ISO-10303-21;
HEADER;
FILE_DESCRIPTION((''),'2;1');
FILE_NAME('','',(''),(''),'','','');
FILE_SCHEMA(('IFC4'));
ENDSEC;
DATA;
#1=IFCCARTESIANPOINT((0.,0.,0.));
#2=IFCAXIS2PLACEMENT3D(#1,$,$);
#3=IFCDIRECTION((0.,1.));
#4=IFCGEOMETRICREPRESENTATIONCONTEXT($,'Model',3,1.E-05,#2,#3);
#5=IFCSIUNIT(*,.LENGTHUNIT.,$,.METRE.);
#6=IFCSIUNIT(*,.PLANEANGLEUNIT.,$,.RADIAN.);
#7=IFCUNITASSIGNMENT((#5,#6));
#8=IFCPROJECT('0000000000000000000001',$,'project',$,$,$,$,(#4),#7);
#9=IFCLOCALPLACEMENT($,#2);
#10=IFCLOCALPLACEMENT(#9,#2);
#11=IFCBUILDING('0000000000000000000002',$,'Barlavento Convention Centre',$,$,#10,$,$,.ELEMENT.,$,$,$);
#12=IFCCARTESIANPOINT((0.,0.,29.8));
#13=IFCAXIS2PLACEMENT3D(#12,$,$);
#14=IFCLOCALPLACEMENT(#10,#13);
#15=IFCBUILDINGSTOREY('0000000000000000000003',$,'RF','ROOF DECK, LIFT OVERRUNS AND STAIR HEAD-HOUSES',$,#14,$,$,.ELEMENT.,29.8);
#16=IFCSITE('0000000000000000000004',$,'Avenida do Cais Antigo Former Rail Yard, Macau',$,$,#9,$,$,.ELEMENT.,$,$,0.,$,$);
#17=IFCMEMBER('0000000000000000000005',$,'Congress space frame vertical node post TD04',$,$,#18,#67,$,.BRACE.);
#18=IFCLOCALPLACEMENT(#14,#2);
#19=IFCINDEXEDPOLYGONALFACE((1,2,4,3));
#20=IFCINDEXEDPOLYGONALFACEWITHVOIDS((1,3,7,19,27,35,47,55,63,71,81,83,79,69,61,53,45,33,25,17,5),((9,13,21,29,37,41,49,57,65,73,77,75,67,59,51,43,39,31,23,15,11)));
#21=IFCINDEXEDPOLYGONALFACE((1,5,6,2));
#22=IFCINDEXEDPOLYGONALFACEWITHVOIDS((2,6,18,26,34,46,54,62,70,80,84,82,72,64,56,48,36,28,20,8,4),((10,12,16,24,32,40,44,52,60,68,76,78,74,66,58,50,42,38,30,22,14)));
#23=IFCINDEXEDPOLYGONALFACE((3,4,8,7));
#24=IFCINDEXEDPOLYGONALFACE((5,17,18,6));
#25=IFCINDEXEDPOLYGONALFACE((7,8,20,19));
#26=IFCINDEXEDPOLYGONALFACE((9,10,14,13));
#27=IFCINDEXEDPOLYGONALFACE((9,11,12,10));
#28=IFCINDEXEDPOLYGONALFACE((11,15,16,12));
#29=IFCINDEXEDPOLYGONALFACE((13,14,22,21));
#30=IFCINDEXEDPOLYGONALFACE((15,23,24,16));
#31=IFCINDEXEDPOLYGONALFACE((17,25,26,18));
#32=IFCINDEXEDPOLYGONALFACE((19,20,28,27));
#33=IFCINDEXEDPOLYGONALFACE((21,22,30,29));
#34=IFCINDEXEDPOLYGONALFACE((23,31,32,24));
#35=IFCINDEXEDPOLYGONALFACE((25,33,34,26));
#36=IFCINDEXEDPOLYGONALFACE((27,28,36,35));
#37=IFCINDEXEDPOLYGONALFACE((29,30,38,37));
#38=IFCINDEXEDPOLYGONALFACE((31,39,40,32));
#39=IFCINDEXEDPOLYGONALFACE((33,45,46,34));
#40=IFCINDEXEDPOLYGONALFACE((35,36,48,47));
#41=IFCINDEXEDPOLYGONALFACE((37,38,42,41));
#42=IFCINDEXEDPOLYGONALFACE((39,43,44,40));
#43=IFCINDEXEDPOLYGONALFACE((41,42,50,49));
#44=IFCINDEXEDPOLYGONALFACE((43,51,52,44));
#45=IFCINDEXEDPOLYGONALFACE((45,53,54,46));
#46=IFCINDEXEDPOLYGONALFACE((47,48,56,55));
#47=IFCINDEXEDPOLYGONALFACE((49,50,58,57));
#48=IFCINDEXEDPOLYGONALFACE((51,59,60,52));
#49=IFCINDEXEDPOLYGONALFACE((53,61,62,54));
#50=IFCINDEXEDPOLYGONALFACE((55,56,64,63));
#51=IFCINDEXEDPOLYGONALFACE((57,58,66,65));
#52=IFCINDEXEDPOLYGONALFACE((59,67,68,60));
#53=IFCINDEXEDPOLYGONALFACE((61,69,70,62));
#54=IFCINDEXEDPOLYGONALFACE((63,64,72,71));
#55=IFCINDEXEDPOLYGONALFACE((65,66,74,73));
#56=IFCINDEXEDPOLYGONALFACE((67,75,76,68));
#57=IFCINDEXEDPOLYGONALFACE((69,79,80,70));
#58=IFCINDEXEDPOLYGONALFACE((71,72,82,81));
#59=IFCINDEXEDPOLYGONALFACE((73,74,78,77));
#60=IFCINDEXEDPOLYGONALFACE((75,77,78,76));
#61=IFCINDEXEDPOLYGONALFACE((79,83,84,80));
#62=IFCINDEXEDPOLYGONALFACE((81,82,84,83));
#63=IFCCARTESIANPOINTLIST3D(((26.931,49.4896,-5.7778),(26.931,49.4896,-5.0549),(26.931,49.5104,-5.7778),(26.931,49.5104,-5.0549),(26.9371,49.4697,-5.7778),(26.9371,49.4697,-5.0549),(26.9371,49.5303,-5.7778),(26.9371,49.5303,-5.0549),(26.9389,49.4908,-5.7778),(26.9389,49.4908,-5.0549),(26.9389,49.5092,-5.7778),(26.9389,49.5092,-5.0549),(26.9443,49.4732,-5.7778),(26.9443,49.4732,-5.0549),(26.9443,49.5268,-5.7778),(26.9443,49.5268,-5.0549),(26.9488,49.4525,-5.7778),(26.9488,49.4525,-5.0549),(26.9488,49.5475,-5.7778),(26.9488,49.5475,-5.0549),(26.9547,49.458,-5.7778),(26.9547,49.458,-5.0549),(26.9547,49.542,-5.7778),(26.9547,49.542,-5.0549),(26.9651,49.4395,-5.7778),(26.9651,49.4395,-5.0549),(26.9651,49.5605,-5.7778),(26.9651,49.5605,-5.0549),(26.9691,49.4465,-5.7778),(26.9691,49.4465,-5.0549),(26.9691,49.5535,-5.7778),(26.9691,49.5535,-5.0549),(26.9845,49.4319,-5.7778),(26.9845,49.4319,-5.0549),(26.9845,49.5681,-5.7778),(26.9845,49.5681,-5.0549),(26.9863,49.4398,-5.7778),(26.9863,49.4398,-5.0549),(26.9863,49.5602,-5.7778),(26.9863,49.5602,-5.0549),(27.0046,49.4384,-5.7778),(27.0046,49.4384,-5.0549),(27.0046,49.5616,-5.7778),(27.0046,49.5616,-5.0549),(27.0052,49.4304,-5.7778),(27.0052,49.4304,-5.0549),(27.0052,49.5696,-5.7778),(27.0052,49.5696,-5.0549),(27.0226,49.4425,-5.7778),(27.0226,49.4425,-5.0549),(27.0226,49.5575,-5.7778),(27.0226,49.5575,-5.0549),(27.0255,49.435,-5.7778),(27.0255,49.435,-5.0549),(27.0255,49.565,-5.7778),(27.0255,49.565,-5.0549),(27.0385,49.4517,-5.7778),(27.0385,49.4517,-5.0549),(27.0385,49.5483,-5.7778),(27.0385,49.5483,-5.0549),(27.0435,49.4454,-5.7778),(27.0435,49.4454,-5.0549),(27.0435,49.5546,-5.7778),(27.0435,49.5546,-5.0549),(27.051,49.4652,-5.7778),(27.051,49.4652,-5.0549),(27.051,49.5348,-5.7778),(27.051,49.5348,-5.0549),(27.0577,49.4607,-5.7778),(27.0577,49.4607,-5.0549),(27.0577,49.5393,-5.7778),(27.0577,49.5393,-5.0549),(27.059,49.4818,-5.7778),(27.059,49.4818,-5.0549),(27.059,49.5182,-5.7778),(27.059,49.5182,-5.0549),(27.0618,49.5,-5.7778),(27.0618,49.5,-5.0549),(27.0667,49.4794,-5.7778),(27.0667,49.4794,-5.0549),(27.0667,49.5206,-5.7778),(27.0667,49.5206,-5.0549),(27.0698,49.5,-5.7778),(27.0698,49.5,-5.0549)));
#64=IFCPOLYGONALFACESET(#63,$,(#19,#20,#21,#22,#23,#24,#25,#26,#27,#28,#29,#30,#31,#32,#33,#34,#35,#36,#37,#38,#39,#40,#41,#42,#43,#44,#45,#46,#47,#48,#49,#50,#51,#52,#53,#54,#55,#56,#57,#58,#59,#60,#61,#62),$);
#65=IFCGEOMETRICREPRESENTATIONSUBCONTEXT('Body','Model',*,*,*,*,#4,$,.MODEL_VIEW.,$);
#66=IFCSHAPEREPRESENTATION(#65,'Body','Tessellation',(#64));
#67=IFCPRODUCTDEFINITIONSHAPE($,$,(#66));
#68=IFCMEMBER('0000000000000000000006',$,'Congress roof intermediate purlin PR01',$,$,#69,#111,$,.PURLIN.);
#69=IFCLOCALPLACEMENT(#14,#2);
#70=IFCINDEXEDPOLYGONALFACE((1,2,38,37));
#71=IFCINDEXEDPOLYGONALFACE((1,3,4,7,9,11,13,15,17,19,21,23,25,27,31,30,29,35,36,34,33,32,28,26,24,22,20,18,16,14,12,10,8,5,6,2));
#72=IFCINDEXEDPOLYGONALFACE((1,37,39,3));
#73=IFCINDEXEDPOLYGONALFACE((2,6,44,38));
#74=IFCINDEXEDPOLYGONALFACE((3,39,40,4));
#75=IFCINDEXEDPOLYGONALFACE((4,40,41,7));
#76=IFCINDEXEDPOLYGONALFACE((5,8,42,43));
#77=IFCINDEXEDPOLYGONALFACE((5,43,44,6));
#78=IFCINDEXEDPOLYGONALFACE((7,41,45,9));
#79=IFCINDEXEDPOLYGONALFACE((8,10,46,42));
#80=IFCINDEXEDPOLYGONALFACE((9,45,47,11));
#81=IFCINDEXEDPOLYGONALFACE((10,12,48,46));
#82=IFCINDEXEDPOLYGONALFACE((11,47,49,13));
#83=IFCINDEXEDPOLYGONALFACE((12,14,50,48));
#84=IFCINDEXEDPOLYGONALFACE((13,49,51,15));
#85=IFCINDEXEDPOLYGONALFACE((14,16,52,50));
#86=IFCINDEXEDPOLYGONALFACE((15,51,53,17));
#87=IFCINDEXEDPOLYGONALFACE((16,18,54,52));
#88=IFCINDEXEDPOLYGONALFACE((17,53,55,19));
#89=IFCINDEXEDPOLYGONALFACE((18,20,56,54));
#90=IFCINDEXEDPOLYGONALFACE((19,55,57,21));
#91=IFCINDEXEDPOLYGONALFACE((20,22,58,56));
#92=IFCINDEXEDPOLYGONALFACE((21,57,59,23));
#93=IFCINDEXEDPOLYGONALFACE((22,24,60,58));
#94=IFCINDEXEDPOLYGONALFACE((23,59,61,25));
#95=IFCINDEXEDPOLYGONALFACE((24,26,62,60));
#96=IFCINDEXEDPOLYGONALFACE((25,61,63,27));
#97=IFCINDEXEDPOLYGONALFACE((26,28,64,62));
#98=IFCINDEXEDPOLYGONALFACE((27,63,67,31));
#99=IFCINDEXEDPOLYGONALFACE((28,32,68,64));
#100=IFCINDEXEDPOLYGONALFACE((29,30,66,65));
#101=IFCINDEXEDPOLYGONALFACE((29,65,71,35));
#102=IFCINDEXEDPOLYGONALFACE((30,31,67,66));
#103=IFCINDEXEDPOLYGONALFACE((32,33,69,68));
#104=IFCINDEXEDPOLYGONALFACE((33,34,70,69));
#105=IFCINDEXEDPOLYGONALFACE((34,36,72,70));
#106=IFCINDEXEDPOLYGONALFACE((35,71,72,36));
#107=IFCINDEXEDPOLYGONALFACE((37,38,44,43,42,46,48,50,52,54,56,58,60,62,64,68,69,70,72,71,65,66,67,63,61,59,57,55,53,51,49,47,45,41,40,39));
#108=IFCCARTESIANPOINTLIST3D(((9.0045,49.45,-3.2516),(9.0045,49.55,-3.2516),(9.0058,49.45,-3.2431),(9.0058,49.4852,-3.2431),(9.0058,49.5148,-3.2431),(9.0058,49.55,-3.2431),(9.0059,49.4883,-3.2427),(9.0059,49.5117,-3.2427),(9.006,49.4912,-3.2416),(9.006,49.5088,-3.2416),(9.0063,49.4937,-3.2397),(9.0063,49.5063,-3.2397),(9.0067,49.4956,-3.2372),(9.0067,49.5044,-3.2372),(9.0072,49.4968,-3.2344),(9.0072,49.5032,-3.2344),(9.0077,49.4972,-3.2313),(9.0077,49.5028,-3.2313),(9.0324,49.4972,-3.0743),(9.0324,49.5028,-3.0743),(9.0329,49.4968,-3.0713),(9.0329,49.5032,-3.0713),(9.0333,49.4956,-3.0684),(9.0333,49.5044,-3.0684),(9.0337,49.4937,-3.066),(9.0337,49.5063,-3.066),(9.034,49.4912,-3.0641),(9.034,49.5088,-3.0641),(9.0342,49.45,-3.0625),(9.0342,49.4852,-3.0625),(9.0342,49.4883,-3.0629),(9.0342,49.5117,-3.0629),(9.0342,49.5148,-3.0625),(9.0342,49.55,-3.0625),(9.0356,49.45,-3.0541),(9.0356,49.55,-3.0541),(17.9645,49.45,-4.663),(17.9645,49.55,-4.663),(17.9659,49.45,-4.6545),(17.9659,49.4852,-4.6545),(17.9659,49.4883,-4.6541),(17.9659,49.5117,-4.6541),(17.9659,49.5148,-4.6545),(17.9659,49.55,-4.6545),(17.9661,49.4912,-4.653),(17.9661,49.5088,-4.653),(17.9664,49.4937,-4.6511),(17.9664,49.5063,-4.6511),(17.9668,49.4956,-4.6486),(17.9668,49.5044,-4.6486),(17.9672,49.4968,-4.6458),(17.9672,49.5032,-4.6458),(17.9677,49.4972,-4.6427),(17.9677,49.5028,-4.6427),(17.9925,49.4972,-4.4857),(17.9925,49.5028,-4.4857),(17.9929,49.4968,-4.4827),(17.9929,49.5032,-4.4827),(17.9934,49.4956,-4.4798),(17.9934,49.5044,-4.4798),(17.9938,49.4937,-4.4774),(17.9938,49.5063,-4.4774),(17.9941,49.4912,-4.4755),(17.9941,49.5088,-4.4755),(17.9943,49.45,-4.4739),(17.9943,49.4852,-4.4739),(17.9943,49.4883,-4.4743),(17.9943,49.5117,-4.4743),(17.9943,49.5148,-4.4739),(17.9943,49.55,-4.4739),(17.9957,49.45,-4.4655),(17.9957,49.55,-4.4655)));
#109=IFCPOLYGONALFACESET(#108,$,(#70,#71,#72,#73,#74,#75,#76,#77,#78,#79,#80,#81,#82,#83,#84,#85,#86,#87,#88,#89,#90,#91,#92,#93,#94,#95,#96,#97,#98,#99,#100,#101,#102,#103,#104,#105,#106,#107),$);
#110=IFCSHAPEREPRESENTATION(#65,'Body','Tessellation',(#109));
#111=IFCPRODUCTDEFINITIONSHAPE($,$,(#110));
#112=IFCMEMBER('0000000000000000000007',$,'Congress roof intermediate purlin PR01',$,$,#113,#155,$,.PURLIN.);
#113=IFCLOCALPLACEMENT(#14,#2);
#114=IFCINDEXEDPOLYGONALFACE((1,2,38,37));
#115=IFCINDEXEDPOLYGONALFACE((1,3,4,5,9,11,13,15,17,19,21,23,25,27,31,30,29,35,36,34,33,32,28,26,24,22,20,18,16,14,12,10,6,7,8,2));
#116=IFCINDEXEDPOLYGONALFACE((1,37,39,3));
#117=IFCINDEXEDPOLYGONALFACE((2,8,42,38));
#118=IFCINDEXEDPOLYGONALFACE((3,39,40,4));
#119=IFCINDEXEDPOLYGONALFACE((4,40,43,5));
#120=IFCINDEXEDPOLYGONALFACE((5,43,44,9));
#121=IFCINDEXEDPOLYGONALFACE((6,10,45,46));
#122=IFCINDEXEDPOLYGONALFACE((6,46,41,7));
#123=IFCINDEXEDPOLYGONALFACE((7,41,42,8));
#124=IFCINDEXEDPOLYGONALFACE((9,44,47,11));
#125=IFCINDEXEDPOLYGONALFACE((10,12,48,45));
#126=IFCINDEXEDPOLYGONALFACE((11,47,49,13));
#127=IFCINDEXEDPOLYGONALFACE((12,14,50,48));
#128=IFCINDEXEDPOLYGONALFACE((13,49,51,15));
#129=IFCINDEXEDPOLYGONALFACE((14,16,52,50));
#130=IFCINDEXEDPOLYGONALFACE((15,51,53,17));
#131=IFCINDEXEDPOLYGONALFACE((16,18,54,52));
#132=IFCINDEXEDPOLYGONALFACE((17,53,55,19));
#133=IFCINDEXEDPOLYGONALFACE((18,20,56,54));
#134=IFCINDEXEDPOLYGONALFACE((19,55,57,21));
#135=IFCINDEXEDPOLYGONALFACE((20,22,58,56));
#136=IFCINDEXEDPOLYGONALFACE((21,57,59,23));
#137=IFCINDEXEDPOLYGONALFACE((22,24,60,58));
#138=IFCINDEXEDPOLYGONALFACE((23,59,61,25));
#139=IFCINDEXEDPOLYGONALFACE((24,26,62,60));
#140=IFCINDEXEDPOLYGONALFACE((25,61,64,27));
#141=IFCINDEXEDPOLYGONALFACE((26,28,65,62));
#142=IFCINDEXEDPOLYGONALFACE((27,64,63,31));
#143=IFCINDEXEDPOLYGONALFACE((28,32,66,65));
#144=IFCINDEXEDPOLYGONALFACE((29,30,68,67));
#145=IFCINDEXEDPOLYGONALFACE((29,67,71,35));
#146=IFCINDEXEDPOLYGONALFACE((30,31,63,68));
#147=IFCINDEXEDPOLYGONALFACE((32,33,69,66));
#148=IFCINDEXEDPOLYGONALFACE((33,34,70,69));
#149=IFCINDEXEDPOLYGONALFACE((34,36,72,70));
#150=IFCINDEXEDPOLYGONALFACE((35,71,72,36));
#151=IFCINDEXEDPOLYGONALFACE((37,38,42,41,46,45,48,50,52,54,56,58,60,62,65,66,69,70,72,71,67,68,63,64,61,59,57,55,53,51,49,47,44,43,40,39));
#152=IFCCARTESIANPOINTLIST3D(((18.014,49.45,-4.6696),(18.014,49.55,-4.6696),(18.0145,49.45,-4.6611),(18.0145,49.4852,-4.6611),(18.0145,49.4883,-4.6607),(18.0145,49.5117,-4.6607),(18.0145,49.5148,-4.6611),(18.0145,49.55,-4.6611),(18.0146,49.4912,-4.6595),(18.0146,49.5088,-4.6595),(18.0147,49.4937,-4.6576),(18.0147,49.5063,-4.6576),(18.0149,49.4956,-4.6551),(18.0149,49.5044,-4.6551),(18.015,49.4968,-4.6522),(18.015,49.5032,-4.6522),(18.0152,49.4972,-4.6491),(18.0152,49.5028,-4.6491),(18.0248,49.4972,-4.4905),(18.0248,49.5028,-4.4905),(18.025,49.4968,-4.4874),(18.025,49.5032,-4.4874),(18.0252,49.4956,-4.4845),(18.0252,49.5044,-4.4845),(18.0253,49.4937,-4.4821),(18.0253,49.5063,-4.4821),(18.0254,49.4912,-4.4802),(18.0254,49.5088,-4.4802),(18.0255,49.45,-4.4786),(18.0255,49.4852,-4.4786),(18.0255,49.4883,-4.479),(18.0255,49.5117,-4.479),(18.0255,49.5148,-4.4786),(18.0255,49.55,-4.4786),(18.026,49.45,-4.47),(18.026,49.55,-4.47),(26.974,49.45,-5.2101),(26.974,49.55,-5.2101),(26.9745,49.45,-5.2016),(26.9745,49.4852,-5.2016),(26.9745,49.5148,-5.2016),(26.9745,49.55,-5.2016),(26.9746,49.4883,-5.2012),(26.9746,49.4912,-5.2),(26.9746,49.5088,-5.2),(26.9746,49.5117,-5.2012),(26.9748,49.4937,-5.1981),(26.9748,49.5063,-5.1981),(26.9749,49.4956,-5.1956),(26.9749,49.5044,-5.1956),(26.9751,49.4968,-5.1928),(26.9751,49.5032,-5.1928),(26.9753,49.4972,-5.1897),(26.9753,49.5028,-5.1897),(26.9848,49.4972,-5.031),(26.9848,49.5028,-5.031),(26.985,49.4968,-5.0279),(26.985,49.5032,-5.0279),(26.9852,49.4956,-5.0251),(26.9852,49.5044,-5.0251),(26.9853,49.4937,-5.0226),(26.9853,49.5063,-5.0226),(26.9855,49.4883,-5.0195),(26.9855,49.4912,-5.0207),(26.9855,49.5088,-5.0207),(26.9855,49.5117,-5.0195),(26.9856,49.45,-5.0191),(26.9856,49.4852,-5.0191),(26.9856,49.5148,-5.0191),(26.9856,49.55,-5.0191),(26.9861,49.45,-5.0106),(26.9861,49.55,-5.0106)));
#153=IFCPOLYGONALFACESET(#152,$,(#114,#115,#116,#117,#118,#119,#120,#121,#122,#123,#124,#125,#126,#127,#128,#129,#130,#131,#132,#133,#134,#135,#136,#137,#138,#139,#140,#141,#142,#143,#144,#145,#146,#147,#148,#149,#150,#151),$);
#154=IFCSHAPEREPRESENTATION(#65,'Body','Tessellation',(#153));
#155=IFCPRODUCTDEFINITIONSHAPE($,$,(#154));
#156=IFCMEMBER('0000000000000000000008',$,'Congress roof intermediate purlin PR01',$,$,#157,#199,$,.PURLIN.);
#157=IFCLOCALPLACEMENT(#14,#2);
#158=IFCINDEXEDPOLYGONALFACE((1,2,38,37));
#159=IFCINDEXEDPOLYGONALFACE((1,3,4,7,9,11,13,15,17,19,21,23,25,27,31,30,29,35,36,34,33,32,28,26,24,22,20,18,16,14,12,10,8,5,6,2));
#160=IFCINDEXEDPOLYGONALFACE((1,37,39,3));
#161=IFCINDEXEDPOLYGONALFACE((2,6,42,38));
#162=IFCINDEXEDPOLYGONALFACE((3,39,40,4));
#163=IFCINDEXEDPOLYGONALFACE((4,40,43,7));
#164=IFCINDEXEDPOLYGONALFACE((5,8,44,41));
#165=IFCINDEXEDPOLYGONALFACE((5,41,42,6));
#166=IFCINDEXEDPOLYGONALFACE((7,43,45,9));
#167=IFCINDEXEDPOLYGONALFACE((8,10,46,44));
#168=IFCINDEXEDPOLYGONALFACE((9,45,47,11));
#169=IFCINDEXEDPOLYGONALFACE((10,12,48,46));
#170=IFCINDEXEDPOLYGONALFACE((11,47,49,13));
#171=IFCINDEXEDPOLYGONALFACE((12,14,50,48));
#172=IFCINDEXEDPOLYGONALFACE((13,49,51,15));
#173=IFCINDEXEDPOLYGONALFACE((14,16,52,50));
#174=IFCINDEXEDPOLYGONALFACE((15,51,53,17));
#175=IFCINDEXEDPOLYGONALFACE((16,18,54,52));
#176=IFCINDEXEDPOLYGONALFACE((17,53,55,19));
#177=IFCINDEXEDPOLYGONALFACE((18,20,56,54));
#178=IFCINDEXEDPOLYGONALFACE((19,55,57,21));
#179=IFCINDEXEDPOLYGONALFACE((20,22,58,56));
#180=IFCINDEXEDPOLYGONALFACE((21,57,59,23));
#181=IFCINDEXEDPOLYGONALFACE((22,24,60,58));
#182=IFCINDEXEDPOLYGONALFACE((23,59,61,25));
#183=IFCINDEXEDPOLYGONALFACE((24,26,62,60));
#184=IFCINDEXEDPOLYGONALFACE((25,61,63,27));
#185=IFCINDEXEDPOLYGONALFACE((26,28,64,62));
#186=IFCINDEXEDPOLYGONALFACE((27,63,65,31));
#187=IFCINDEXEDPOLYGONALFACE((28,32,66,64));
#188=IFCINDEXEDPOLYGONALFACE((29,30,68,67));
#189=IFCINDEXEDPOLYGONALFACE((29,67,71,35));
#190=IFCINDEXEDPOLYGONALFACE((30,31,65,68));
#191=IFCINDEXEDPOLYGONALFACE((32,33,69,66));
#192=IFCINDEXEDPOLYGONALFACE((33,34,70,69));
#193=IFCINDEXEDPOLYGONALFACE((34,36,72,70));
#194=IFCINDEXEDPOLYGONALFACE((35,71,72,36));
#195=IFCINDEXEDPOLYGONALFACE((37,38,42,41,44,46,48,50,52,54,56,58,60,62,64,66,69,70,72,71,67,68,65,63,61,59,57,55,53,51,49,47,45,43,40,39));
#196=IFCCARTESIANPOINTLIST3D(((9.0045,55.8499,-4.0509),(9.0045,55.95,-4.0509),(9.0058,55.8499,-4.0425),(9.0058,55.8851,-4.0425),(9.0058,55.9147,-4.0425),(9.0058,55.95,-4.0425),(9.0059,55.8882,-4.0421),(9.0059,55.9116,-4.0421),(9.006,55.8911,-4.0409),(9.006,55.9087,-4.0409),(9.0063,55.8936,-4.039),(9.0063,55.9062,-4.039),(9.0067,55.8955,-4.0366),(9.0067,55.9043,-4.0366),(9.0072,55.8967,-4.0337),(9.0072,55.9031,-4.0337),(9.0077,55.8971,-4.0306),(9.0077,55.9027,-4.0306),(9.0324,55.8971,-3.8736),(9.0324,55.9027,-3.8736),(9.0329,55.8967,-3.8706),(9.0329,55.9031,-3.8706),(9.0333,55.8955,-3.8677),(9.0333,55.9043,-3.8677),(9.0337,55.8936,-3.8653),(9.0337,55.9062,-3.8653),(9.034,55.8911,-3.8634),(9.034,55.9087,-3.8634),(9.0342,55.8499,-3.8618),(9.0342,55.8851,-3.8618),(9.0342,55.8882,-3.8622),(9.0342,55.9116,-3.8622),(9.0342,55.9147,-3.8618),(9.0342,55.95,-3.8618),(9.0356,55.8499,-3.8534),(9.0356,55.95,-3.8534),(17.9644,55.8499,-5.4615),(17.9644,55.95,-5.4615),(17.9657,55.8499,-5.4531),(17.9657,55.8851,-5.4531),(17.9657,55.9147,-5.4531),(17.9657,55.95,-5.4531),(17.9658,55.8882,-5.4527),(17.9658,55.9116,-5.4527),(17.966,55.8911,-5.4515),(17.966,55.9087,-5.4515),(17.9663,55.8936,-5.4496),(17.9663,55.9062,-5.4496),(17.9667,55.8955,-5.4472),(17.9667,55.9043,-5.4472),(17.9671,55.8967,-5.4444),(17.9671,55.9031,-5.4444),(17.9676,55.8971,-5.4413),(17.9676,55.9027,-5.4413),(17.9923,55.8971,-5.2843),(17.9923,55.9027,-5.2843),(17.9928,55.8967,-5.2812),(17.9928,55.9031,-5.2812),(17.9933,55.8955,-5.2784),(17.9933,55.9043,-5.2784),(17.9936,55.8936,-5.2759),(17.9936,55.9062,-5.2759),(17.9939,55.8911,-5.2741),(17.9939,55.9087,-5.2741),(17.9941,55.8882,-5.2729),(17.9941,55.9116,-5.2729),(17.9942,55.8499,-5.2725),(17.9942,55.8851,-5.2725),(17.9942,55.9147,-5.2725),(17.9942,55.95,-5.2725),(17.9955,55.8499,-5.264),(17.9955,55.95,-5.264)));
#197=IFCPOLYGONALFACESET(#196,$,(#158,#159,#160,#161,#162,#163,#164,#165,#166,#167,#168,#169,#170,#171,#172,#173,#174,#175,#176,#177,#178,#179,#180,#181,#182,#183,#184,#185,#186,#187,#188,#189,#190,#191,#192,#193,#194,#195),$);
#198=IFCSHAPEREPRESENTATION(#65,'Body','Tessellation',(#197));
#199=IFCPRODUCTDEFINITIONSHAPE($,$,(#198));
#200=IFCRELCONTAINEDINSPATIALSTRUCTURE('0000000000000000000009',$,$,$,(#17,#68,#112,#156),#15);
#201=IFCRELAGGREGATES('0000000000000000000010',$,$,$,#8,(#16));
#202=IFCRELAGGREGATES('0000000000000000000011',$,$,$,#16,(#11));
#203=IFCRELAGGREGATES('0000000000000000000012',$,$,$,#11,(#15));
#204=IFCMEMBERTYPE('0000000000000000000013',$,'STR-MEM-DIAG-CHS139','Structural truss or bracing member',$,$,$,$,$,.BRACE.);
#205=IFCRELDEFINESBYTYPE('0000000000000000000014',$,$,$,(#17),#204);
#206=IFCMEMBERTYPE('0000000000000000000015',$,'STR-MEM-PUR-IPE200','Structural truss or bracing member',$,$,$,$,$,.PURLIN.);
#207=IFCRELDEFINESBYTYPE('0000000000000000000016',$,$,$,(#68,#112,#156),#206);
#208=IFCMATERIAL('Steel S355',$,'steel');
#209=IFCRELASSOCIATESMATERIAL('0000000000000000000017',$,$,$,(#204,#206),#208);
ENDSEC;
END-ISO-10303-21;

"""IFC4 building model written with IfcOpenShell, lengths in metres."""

from ifc_helpers import new_model, si_unit, direction, frame, origin, origin_2d, place, context, subcontext, project, spatial, hollow_circle, i_section, extrude, material, material_profile, profile_set, type_object, element, save


model = new_model("IFC4")

# Units and contexts
model_context = context("Model", 3, precision=1e-05, world=origin(), true_north=direction((0.0, 1.0)))
body_context = subcontext(model_context, "Body", "Model", "MODEL_VIEW")
ifc_project = project(units=[si_unit("LENGTHUNIT", "METRE"), si_unit("PLANEANGLEUNIT", "RADIAN")], contexts=[model_context])

# Site, building, storey
site_placement = place(None, origin())
site = spatial("IfcSite", under=ifc_project, at=site_placement, Name="Avenida do Cais Antigo Former Rail Yard, Macau", CompositionType="ELEMENT", RefElevation=0.0)
building_placement = place(site_placement, origin())
building = spatial("IfcBuilding", under=site, at=building_placement, Name="Barlavento Convention Centre", CompositionType="ELEMENT")
storey_placement = place(building_placement, frame((0.0, 0.0, 29.8)))
storey = spatial("IfcBuildingStorey", under=building, at=storey_placement, Name="RF", Description="ROOF DECK, LIFT OVERRUNS AND STAIR HEAD-HOUSES", CompositionType="ELEMENT", Elevation=29.8)

# Shared definitions
ifc_material_1 = material(Name="Steel S355", Category="steel")

# Members
ifc_material_profile_1 = material_profile(ifc_material_1, hollow_circle(Radius=0.0698, WallThickness=0.0081, at=origin_2d()), Name="CHS 139.7x8.0")
ifc_profile_set_1 = profile_set([ifc_material_profile_1], Name="Steel S355")
member_type_1 = type_object("IfcMemberType", Name="STR-MEM-DIAG-CHS139", Description="Structural truss or bracing member", PredefinedType="BRACE", material=ifc_profile_set_1)
member_1_placement = place(storey_placement, frame((27.0, 49.5, -5.7778), z_axis=(0.0, 0.0, 1.0), x_axis=(1.0, 0.0, 0.0)))
element("IfcMember", 1, at=member_1_placement, inside=storey, type_object=member_type_1, Name="Congress space frame vertical node post TD04", PredefinedType="BRACE", context=body_context, shape_type="SweptSolid", body=[
    extrude(hollow_circle(Radius=0.0698, WallThickness=0.0081, at=origin_2d()), origin(), (0.0, 0.0, 1.0), 0.7229),
])
ifc_material_profile_2 = material_profile(ifc_material_1, i_section(OverallWidth=0.1001, OverallDepth=0.2, WebThickness=0.0056, FlangeThickness=0.0085, FilletRadius=0.012, at=origin_2d()), Name="IPE 200")
ifc_profile_set_2 = profile_set([ifc_material_profile_2], Name="Steel S355")
member_type_2 = type_object("IfcMemberType", Name="STR-MEM-PUR-IPE200", Description="Structural truss or bracing member", PredefinedType="PURLIN", material=ifc_profile_set_2)
member_2_placement = place(storey_placement, frame((9.02, 49.5, -3.1528), z_axis=(0.98782, 0.0, -0.155602), x_axis=(0.0, 1.0, 0.0)))
element("IfcMember", 2, at=member_2_placement, inside=storey, type_object=member_type_2, Name="Congress roof intermediate purlin PR01", PredefinedType="PURLIN", context=body_context, shape_type="SweptSolid", body=[
    extrude(i_section(OverallWidth=0.1001, OverallDepth=0.2, WebThickness=0.0056, FlangeThickness=0.0085, FilletRadius=0.012, at=origin_2d()), origin(), (0.0, 0.0, 1.0), 9.0706),
])
member_3_placement = place(storey_placement, frame((18.02, 49.5, -4.5698), z_axis=(0.998185, 0.0, -0.060217), x_axis=(0.0, 1.0, 0.0)))
element("IfcMember", 3, at=member_3_placement, inside=storey, type_object=member_type_2, Name="Congress roof intermediate purlin PR01", PredefinedType="PURLIN", context=body_context, shape_type="SweptSolid", body=[
    extrude(i_section(OverallWidth=0.1001, OverallDepth=0.2, WebThickness=0.0056, FlangeThickness=0.0085, FilletRadius=0.012, at=origin_2d()), origin(), (0.0, 0.0, 1.0), 8.9763),
])
member_4_placement = place(storey_placement, frame((9.02, 55.8999, -3.9521), z_axis=(0.987832, 0.0, -0.155523), x_axis=(0.0, 1.0, 0.0)))
element("IfcMember", 4, at=member_4_placement, inside=storey, type_object=member_type_2, Name="Congress roof intermediate purlin PR01", PredefinedType="PURLIN", context=body_context, shape_type="SweptSolid", body=[
    extrude(i_section(OverallWidth=0.1001, OverallDepth=0.2, WebThickness=0.0056, FlangeThickness=0.0085, FilletRadius=0.012, at=origin_2d()), origin(), (0.0, 0.0, 1.0), 9.0703),
])

save(model, "model.ifc")
